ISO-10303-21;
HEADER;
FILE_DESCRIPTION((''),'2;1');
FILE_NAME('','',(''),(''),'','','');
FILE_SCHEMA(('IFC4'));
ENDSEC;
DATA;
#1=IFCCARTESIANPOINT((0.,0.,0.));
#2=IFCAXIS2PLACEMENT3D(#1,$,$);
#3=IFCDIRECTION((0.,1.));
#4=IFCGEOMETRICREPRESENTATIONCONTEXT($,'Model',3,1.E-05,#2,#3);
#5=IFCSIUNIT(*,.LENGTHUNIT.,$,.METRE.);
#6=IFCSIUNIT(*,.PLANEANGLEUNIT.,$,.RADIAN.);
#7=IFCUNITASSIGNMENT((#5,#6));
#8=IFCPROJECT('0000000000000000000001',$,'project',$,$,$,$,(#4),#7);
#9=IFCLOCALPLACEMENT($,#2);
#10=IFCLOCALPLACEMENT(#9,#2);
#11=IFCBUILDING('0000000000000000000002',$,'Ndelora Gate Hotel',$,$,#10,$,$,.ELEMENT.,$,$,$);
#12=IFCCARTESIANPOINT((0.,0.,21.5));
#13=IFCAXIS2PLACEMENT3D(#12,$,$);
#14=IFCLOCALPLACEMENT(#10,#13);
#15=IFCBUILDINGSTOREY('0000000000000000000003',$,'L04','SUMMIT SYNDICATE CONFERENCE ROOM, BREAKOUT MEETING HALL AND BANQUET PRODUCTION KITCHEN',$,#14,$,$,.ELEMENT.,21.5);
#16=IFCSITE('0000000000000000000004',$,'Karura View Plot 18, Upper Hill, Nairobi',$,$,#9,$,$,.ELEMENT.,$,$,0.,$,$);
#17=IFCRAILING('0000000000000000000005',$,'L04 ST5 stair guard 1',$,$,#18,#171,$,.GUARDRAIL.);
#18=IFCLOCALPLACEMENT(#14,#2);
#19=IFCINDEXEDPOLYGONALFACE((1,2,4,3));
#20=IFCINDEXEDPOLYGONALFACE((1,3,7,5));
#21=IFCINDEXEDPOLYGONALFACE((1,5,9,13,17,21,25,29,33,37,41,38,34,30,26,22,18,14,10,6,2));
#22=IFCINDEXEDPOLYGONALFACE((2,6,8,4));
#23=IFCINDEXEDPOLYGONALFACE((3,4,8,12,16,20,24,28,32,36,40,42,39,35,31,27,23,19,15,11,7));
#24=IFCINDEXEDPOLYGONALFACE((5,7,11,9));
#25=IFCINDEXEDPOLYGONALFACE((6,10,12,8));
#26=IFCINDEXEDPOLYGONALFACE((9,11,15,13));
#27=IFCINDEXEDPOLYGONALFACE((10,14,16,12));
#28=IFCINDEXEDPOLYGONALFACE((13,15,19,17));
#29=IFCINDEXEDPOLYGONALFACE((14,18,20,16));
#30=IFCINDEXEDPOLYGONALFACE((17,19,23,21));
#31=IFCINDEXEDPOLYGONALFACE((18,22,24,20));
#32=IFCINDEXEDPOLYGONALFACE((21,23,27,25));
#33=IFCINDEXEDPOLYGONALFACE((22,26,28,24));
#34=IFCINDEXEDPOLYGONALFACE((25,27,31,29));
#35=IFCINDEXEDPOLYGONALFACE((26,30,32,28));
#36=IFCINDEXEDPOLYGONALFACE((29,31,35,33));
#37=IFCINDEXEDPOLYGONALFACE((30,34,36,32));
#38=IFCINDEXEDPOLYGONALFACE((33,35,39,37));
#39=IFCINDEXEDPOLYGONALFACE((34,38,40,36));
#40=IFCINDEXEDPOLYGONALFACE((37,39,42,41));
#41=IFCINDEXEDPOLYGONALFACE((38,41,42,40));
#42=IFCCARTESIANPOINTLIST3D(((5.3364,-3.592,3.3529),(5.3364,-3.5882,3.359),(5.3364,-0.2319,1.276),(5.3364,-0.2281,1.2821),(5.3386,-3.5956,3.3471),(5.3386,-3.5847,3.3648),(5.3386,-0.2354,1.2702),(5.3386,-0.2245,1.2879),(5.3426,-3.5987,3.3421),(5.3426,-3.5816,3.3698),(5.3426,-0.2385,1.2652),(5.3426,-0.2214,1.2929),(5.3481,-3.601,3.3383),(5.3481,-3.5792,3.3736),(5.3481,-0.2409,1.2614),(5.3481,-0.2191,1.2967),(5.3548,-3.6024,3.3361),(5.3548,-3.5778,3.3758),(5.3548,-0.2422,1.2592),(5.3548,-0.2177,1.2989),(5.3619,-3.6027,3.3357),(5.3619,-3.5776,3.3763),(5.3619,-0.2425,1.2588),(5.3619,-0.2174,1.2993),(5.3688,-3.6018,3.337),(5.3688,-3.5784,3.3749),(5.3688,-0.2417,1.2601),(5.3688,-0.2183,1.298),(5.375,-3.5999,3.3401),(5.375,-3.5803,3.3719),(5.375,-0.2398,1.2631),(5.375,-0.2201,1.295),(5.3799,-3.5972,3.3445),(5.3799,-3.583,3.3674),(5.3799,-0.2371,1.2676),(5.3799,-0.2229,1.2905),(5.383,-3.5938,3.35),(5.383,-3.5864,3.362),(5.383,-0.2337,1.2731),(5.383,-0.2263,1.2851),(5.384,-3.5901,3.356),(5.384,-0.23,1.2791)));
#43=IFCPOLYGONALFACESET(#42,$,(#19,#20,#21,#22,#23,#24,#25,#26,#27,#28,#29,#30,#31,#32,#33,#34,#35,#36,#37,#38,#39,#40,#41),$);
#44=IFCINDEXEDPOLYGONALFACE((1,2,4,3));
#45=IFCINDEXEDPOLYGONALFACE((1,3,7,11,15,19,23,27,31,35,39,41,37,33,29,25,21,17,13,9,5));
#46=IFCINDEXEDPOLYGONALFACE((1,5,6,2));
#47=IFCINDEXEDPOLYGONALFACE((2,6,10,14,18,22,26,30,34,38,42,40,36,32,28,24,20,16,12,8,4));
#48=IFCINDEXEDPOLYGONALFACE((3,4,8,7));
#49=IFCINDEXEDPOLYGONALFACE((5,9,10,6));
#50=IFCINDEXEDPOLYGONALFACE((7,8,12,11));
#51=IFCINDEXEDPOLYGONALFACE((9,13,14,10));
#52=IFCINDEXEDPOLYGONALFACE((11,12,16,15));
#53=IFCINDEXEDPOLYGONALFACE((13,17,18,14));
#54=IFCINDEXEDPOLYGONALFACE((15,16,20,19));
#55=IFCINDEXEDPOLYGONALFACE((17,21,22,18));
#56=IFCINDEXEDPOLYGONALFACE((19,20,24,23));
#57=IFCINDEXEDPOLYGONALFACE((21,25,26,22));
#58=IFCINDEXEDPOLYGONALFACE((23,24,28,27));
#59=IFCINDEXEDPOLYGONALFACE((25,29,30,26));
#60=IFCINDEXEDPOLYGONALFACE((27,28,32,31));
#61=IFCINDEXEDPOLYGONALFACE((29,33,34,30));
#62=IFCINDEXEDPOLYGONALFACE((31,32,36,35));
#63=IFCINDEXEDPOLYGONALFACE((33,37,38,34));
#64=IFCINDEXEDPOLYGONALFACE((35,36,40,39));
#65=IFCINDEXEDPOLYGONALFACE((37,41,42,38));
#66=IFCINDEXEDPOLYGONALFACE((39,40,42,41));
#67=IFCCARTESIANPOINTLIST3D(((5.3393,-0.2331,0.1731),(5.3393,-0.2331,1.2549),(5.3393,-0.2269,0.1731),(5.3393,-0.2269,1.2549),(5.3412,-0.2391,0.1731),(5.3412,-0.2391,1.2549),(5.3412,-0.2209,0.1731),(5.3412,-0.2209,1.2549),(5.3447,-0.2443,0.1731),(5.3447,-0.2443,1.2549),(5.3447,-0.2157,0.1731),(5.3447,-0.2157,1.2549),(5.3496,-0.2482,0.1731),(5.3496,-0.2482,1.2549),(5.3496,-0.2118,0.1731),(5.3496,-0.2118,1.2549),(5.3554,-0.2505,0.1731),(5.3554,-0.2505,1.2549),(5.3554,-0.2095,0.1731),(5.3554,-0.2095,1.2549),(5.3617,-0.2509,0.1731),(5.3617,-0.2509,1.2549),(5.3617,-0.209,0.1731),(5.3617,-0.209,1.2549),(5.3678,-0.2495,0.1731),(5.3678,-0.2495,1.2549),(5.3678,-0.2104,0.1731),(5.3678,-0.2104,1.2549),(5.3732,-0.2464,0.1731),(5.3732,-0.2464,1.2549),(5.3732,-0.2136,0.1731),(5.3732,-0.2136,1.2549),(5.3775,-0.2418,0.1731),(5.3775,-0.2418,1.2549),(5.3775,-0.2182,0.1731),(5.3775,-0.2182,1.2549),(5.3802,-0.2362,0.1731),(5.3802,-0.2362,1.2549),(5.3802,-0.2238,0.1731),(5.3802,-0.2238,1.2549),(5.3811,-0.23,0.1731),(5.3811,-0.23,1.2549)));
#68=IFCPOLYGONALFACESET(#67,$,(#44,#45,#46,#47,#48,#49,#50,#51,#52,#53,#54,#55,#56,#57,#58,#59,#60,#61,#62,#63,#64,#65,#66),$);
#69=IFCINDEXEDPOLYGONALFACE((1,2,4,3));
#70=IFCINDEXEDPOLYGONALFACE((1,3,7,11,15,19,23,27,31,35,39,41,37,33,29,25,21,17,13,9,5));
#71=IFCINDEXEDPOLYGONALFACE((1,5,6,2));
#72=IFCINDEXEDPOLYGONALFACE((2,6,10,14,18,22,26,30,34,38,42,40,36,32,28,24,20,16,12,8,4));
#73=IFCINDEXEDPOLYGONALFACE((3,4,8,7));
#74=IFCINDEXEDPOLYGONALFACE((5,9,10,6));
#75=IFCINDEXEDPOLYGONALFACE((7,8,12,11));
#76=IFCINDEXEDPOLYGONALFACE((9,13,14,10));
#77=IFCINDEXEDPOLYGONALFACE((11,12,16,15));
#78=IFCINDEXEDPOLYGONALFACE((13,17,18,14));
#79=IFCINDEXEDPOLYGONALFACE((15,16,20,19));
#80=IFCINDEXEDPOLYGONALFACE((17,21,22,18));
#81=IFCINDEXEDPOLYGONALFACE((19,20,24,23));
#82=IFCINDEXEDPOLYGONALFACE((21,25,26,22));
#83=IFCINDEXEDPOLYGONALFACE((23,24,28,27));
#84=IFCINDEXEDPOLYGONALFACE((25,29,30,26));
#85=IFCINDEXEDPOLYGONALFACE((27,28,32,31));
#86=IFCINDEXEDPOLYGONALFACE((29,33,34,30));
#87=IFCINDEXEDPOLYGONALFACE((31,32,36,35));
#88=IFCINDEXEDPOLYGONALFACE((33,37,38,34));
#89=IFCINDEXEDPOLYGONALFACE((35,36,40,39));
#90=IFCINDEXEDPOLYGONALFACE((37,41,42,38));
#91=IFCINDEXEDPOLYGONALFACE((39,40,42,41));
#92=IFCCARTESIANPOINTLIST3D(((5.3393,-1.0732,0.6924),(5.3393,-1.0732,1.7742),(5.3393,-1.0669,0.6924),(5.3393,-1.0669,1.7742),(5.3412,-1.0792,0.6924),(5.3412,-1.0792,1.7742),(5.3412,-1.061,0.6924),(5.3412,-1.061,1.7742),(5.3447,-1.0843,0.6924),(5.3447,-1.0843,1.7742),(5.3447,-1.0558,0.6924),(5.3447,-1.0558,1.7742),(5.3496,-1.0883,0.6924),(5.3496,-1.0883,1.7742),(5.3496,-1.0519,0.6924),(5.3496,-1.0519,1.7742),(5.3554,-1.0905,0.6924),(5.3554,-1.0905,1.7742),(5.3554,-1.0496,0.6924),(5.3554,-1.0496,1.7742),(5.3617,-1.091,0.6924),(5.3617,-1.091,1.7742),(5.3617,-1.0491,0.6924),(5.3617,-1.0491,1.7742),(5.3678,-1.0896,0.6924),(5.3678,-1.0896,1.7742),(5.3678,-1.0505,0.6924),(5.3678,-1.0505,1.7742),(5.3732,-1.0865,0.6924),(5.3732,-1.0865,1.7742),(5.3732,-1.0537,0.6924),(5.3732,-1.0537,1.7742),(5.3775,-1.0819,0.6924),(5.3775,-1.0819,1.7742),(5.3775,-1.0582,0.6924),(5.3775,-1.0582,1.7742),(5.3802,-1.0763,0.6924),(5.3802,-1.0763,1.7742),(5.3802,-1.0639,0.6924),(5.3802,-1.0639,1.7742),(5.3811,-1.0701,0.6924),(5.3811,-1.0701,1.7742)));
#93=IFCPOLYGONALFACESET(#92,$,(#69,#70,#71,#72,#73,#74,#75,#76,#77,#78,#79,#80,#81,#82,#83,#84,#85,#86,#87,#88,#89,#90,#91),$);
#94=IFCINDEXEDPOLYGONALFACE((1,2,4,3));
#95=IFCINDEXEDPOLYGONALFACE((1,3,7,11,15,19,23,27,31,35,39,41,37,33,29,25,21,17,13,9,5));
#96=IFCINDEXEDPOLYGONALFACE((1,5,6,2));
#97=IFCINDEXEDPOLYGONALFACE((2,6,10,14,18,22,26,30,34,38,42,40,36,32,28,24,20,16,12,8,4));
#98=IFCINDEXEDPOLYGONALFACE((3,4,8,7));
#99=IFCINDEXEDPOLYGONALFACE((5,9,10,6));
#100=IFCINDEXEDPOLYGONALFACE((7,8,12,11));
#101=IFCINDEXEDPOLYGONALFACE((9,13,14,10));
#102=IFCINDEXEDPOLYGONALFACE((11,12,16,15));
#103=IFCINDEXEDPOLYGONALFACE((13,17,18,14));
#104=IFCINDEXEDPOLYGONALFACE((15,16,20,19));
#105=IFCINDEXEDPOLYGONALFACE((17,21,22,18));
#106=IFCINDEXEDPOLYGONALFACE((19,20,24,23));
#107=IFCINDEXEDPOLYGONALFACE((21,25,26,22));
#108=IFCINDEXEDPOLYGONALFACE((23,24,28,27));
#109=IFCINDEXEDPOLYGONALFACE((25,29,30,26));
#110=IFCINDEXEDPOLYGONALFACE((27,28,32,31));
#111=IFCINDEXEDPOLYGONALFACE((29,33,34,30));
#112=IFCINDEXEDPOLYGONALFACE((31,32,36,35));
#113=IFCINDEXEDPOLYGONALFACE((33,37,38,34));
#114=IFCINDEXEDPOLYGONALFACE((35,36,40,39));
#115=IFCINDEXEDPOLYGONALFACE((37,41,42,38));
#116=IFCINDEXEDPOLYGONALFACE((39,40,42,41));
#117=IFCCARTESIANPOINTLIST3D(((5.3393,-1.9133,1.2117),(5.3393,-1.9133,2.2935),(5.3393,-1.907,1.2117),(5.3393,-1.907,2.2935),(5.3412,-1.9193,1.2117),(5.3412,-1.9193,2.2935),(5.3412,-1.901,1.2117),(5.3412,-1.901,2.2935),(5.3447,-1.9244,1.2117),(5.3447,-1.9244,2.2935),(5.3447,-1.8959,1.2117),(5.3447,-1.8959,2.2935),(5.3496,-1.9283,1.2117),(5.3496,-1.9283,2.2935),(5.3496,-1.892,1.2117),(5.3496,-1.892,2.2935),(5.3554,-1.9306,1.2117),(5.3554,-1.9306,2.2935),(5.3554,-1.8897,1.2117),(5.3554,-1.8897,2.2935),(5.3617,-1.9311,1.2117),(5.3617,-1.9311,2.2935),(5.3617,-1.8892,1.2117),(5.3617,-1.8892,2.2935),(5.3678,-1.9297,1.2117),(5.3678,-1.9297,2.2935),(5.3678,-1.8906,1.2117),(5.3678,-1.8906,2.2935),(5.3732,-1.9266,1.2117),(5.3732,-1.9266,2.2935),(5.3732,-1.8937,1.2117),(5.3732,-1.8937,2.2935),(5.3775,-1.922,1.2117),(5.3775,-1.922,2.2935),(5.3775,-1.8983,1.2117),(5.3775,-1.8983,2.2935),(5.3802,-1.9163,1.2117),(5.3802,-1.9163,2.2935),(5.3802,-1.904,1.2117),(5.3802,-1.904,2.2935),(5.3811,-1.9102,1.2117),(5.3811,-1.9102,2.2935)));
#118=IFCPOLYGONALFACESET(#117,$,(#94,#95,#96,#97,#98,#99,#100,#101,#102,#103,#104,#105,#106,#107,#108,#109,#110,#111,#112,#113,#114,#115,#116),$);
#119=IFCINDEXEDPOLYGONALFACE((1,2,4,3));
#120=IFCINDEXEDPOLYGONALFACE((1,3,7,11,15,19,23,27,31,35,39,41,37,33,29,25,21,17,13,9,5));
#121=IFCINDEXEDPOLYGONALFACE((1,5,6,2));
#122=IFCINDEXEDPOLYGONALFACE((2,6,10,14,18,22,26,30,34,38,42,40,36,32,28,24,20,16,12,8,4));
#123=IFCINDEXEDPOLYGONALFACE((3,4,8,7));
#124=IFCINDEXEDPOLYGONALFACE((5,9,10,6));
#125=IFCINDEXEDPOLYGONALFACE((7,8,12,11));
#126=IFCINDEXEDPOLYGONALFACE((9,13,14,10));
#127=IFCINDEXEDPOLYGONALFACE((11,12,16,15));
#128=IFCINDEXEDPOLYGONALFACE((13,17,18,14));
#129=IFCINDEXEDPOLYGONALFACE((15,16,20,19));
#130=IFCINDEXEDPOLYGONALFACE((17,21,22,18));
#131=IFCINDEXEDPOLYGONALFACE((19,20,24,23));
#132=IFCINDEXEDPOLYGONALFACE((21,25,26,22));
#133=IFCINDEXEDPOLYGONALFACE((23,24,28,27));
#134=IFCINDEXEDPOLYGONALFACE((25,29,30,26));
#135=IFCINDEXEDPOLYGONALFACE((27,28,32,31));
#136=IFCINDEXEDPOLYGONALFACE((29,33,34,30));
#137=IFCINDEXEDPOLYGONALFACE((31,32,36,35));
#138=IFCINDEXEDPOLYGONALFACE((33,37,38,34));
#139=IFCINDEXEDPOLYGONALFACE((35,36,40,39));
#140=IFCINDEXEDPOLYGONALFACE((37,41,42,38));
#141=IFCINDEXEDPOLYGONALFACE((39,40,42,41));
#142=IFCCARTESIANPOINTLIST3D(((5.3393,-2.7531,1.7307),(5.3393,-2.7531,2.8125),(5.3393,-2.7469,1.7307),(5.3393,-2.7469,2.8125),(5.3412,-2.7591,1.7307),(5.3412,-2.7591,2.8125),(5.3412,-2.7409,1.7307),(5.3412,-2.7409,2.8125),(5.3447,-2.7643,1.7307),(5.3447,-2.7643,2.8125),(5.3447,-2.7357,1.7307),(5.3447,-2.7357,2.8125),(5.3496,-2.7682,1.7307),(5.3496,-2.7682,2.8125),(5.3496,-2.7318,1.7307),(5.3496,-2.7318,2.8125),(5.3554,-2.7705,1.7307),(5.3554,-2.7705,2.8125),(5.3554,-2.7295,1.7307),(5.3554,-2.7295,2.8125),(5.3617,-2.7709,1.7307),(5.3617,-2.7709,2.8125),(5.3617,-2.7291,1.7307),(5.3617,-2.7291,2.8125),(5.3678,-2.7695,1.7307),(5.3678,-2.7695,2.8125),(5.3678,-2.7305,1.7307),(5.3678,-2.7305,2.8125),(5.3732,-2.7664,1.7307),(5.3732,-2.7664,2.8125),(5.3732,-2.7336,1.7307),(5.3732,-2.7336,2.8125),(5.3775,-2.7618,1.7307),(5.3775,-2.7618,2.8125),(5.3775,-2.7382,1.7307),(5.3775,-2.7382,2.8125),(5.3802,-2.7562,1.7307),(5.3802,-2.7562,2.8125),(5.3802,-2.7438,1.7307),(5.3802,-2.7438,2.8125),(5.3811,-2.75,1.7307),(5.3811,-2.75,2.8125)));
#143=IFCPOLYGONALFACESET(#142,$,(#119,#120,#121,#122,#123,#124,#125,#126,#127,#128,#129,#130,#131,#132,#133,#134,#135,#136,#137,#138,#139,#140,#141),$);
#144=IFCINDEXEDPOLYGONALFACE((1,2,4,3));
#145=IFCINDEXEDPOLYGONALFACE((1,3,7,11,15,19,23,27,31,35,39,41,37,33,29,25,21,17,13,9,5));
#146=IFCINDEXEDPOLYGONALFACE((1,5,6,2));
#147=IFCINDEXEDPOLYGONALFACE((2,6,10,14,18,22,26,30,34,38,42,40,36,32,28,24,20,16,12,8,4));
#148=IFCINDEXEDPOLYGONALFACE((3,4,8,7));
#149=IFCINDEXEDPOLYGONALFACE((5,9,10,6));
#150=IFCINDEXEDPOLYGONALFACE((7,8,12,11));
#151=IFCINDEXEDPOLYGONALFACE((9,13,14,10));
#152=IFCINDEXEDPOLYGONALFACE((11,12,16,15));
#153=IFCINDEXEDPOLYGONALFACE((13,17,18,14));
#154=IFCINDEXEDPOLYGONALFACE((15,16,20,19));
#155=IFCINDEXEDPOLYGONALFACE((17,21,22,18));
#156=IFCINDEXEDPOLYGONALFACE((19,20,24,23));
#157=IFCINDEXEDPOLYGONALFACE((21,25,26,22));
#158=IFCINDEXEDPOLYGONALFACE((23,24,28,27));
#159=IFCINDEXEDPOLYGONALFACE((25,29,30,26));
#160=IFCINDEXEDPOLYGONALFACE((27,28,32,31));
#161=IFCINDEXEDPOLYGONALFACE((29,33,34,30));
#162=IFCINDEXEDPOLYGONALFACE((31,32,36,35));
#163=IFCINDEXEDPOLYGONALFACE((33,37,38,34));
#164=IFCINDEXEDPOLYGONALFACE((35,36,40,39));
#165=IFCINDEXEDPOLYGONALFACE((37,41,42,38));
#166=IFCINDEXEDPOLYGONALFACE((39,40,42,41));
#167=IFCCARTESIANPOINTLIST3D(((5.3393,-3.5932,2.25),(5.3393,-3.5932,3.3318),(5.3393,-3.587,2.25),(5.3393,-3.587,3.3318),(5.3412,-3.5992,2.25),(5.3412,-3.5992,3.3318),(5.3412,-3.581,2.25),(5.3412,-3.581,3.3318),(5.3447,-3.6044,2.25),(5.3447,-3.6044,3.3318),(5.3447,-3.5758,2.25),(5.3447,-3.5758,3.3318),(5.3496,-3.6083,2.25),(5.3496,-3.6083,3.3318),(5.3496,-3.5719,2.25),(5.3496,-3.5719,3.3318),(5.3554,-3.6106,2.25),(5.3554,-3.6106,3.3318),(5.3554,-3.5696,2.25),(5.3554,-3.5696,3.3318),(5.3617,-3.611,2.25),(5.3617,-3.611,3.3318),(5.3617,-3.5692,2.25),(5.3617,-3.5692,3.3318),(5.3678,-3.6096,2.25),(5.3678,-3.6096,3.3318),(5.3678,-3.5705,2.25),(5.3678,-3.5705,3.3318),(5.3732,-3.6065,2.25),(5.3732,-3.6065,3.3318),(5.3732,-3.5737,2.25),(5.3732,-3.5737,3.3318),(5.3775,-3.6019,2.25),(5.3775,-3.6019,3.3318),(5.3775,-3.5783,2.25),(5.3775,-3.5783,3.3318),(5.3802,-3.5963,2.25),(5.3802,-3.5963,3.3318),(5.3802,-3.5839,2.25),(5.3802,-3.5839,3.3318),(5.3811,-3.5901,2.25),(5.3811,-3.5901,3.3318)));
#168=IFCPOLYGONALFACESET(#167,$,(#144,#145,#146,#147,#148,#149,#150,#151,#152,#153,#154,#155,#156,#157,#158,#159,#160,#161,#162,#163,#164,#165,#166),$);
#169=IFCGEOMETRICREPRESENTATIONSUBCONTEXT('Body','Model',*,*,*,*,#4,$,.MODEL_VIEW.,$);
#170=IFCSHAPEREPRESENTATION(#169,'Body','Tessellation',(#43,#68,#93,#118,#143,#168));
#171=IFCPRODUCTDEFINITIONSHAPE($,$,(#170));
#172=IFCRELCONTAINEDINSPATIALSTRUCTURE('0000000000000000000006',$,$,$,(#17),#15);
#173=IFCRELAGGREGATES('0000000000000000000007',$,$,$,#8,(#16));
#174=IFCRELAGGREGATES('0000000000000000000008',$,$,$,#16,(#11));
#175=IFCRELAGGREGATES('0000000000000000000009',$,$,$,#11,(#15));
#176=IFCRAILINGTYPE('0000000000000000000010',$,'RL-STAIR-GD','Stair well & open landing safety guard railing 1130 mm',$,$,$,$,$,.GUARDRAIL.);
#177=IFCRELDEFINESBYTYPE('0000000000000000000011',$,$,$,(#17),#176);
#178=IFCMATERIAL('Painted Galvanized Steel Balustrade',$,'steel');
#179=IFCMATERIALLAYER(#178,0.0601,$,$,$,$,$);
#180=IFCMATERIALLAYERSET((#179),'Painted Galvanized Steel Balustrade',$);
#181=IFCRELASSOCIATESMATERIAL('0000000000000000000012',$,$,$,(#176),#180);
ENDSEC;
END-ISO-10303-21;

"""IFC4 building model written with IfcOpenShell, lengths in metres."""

from ifc_helpers import new_model, si_unit, direction, frame, origin, origin_2d, place, context, subcontext, project, spatial, circle, extrude, material, layer, layer_set, type_object, element, save


model = new_model("IFC4")

# Units and contexts
model_context = context("Model", 3, precision=1e-05, world=origin(), true_north=direction((0.0, 1.0)))
body_context = subcontext(model_context, "Body", "Model", "MODEL_VIEW")
ifc_project = project(units=[si_unit("LENGTHUNIT", "METRE"), si_unit("PLANEANGLEUNIT", "RADIAN")], contexts=[model_context])

# Site, building, storey
site_placement = place(None, origin())
site = spatial("IfcSite", under=ifc_project, at=site_placement, Name="Karura View Plot 18, Upper Hill, Nairobi", CompositionType="ELEMENT", RefElevation=0.0)
building_placement = place(site_placement, origin())
building = spatial("IfcBuilding", under=site, at=building_placement, Name="Ndelora Gate Hotel", CompositionType="ELEMENT")
storey_placement = place(building_placement, frame((0.0, 0.0, 21.5)))
storey = spatial("IfcBuildingStorey", under=building, at=storey_placement, Name="L04", Description="SUMMIT SYNDICATE CONFERENCE ROOM, BREAKOUT MEETING HALL AND BANQUET PRODUCTION KITCHEN", CompositionType="ELEMENT", Elevation=21.5)

# Railing
ifc_material_1 = material(Name="Painted Galvanized Steel Balustrade", Category="steel")
ifc_layer_1 = layer(ifc_material_1, 0.0601)
ifc_layer_set_1 = layer_set([ifc_layer_1], Name="Painted Galvanized Steel Balustrade")
railing_type_1 = type_object("IfcRailingType", Name="RL-STAIR-GD", Description="Stair well & open landing safety guard railing 1130 mm", PredefinedType="GUARDRAIL", material=ifc_layer_set_1)
railing_1_placement = place(storey_placement, frame((5.3601, -0.23, 0.1731)))
element("IfcRailing", 1, at=railing_1_placement, inside=storey, type_object=railing_type_1, Name="L04 ST5 stair guard 1", PredefinedType="GUARDRAIL", context=body_context, shape_type="SweptSolid", body=[
    extrude(circle(Radius=0.0239, at=origin_2d()), frame((0.0, 0.0, 1.106), z_axis=(0.0, -0.850623, 0.525776), x_axis=(1.0, 0.0, 0.0)), (0.0, 0.0, 1.0), 3.9502),
    extrude(circle(Radius=0.021, at=origin_2d()), origin(), (0.0, 0.0, 1.0), 1.0818),
    extrude(circle(Radius=0.021, at=origin_2d()), frame((0.0, -0.8401, 0.5193)), (0.0, 0.0, 1.0), 1.0818),
    extrude(circle(Radius=0.021, at=origin_2d()), frame((0.0, -1.6802, 1.0386)), (0.0, 0.0, 1.0), 1.0818),
    extrude(circle(Radius=0.021, at=origin_2d()), frame((0.0, -2.52, 1.5576)), (0.0, 0.0, 1.0), 1.0818),
    extrude(circle(Radius=0.021, at=origin_2d()), frame((0.0, -3.3601, 2.0769)), (0.0, 0.0, 1.0), 1.0818),
])

save(model, "model.ifc")
